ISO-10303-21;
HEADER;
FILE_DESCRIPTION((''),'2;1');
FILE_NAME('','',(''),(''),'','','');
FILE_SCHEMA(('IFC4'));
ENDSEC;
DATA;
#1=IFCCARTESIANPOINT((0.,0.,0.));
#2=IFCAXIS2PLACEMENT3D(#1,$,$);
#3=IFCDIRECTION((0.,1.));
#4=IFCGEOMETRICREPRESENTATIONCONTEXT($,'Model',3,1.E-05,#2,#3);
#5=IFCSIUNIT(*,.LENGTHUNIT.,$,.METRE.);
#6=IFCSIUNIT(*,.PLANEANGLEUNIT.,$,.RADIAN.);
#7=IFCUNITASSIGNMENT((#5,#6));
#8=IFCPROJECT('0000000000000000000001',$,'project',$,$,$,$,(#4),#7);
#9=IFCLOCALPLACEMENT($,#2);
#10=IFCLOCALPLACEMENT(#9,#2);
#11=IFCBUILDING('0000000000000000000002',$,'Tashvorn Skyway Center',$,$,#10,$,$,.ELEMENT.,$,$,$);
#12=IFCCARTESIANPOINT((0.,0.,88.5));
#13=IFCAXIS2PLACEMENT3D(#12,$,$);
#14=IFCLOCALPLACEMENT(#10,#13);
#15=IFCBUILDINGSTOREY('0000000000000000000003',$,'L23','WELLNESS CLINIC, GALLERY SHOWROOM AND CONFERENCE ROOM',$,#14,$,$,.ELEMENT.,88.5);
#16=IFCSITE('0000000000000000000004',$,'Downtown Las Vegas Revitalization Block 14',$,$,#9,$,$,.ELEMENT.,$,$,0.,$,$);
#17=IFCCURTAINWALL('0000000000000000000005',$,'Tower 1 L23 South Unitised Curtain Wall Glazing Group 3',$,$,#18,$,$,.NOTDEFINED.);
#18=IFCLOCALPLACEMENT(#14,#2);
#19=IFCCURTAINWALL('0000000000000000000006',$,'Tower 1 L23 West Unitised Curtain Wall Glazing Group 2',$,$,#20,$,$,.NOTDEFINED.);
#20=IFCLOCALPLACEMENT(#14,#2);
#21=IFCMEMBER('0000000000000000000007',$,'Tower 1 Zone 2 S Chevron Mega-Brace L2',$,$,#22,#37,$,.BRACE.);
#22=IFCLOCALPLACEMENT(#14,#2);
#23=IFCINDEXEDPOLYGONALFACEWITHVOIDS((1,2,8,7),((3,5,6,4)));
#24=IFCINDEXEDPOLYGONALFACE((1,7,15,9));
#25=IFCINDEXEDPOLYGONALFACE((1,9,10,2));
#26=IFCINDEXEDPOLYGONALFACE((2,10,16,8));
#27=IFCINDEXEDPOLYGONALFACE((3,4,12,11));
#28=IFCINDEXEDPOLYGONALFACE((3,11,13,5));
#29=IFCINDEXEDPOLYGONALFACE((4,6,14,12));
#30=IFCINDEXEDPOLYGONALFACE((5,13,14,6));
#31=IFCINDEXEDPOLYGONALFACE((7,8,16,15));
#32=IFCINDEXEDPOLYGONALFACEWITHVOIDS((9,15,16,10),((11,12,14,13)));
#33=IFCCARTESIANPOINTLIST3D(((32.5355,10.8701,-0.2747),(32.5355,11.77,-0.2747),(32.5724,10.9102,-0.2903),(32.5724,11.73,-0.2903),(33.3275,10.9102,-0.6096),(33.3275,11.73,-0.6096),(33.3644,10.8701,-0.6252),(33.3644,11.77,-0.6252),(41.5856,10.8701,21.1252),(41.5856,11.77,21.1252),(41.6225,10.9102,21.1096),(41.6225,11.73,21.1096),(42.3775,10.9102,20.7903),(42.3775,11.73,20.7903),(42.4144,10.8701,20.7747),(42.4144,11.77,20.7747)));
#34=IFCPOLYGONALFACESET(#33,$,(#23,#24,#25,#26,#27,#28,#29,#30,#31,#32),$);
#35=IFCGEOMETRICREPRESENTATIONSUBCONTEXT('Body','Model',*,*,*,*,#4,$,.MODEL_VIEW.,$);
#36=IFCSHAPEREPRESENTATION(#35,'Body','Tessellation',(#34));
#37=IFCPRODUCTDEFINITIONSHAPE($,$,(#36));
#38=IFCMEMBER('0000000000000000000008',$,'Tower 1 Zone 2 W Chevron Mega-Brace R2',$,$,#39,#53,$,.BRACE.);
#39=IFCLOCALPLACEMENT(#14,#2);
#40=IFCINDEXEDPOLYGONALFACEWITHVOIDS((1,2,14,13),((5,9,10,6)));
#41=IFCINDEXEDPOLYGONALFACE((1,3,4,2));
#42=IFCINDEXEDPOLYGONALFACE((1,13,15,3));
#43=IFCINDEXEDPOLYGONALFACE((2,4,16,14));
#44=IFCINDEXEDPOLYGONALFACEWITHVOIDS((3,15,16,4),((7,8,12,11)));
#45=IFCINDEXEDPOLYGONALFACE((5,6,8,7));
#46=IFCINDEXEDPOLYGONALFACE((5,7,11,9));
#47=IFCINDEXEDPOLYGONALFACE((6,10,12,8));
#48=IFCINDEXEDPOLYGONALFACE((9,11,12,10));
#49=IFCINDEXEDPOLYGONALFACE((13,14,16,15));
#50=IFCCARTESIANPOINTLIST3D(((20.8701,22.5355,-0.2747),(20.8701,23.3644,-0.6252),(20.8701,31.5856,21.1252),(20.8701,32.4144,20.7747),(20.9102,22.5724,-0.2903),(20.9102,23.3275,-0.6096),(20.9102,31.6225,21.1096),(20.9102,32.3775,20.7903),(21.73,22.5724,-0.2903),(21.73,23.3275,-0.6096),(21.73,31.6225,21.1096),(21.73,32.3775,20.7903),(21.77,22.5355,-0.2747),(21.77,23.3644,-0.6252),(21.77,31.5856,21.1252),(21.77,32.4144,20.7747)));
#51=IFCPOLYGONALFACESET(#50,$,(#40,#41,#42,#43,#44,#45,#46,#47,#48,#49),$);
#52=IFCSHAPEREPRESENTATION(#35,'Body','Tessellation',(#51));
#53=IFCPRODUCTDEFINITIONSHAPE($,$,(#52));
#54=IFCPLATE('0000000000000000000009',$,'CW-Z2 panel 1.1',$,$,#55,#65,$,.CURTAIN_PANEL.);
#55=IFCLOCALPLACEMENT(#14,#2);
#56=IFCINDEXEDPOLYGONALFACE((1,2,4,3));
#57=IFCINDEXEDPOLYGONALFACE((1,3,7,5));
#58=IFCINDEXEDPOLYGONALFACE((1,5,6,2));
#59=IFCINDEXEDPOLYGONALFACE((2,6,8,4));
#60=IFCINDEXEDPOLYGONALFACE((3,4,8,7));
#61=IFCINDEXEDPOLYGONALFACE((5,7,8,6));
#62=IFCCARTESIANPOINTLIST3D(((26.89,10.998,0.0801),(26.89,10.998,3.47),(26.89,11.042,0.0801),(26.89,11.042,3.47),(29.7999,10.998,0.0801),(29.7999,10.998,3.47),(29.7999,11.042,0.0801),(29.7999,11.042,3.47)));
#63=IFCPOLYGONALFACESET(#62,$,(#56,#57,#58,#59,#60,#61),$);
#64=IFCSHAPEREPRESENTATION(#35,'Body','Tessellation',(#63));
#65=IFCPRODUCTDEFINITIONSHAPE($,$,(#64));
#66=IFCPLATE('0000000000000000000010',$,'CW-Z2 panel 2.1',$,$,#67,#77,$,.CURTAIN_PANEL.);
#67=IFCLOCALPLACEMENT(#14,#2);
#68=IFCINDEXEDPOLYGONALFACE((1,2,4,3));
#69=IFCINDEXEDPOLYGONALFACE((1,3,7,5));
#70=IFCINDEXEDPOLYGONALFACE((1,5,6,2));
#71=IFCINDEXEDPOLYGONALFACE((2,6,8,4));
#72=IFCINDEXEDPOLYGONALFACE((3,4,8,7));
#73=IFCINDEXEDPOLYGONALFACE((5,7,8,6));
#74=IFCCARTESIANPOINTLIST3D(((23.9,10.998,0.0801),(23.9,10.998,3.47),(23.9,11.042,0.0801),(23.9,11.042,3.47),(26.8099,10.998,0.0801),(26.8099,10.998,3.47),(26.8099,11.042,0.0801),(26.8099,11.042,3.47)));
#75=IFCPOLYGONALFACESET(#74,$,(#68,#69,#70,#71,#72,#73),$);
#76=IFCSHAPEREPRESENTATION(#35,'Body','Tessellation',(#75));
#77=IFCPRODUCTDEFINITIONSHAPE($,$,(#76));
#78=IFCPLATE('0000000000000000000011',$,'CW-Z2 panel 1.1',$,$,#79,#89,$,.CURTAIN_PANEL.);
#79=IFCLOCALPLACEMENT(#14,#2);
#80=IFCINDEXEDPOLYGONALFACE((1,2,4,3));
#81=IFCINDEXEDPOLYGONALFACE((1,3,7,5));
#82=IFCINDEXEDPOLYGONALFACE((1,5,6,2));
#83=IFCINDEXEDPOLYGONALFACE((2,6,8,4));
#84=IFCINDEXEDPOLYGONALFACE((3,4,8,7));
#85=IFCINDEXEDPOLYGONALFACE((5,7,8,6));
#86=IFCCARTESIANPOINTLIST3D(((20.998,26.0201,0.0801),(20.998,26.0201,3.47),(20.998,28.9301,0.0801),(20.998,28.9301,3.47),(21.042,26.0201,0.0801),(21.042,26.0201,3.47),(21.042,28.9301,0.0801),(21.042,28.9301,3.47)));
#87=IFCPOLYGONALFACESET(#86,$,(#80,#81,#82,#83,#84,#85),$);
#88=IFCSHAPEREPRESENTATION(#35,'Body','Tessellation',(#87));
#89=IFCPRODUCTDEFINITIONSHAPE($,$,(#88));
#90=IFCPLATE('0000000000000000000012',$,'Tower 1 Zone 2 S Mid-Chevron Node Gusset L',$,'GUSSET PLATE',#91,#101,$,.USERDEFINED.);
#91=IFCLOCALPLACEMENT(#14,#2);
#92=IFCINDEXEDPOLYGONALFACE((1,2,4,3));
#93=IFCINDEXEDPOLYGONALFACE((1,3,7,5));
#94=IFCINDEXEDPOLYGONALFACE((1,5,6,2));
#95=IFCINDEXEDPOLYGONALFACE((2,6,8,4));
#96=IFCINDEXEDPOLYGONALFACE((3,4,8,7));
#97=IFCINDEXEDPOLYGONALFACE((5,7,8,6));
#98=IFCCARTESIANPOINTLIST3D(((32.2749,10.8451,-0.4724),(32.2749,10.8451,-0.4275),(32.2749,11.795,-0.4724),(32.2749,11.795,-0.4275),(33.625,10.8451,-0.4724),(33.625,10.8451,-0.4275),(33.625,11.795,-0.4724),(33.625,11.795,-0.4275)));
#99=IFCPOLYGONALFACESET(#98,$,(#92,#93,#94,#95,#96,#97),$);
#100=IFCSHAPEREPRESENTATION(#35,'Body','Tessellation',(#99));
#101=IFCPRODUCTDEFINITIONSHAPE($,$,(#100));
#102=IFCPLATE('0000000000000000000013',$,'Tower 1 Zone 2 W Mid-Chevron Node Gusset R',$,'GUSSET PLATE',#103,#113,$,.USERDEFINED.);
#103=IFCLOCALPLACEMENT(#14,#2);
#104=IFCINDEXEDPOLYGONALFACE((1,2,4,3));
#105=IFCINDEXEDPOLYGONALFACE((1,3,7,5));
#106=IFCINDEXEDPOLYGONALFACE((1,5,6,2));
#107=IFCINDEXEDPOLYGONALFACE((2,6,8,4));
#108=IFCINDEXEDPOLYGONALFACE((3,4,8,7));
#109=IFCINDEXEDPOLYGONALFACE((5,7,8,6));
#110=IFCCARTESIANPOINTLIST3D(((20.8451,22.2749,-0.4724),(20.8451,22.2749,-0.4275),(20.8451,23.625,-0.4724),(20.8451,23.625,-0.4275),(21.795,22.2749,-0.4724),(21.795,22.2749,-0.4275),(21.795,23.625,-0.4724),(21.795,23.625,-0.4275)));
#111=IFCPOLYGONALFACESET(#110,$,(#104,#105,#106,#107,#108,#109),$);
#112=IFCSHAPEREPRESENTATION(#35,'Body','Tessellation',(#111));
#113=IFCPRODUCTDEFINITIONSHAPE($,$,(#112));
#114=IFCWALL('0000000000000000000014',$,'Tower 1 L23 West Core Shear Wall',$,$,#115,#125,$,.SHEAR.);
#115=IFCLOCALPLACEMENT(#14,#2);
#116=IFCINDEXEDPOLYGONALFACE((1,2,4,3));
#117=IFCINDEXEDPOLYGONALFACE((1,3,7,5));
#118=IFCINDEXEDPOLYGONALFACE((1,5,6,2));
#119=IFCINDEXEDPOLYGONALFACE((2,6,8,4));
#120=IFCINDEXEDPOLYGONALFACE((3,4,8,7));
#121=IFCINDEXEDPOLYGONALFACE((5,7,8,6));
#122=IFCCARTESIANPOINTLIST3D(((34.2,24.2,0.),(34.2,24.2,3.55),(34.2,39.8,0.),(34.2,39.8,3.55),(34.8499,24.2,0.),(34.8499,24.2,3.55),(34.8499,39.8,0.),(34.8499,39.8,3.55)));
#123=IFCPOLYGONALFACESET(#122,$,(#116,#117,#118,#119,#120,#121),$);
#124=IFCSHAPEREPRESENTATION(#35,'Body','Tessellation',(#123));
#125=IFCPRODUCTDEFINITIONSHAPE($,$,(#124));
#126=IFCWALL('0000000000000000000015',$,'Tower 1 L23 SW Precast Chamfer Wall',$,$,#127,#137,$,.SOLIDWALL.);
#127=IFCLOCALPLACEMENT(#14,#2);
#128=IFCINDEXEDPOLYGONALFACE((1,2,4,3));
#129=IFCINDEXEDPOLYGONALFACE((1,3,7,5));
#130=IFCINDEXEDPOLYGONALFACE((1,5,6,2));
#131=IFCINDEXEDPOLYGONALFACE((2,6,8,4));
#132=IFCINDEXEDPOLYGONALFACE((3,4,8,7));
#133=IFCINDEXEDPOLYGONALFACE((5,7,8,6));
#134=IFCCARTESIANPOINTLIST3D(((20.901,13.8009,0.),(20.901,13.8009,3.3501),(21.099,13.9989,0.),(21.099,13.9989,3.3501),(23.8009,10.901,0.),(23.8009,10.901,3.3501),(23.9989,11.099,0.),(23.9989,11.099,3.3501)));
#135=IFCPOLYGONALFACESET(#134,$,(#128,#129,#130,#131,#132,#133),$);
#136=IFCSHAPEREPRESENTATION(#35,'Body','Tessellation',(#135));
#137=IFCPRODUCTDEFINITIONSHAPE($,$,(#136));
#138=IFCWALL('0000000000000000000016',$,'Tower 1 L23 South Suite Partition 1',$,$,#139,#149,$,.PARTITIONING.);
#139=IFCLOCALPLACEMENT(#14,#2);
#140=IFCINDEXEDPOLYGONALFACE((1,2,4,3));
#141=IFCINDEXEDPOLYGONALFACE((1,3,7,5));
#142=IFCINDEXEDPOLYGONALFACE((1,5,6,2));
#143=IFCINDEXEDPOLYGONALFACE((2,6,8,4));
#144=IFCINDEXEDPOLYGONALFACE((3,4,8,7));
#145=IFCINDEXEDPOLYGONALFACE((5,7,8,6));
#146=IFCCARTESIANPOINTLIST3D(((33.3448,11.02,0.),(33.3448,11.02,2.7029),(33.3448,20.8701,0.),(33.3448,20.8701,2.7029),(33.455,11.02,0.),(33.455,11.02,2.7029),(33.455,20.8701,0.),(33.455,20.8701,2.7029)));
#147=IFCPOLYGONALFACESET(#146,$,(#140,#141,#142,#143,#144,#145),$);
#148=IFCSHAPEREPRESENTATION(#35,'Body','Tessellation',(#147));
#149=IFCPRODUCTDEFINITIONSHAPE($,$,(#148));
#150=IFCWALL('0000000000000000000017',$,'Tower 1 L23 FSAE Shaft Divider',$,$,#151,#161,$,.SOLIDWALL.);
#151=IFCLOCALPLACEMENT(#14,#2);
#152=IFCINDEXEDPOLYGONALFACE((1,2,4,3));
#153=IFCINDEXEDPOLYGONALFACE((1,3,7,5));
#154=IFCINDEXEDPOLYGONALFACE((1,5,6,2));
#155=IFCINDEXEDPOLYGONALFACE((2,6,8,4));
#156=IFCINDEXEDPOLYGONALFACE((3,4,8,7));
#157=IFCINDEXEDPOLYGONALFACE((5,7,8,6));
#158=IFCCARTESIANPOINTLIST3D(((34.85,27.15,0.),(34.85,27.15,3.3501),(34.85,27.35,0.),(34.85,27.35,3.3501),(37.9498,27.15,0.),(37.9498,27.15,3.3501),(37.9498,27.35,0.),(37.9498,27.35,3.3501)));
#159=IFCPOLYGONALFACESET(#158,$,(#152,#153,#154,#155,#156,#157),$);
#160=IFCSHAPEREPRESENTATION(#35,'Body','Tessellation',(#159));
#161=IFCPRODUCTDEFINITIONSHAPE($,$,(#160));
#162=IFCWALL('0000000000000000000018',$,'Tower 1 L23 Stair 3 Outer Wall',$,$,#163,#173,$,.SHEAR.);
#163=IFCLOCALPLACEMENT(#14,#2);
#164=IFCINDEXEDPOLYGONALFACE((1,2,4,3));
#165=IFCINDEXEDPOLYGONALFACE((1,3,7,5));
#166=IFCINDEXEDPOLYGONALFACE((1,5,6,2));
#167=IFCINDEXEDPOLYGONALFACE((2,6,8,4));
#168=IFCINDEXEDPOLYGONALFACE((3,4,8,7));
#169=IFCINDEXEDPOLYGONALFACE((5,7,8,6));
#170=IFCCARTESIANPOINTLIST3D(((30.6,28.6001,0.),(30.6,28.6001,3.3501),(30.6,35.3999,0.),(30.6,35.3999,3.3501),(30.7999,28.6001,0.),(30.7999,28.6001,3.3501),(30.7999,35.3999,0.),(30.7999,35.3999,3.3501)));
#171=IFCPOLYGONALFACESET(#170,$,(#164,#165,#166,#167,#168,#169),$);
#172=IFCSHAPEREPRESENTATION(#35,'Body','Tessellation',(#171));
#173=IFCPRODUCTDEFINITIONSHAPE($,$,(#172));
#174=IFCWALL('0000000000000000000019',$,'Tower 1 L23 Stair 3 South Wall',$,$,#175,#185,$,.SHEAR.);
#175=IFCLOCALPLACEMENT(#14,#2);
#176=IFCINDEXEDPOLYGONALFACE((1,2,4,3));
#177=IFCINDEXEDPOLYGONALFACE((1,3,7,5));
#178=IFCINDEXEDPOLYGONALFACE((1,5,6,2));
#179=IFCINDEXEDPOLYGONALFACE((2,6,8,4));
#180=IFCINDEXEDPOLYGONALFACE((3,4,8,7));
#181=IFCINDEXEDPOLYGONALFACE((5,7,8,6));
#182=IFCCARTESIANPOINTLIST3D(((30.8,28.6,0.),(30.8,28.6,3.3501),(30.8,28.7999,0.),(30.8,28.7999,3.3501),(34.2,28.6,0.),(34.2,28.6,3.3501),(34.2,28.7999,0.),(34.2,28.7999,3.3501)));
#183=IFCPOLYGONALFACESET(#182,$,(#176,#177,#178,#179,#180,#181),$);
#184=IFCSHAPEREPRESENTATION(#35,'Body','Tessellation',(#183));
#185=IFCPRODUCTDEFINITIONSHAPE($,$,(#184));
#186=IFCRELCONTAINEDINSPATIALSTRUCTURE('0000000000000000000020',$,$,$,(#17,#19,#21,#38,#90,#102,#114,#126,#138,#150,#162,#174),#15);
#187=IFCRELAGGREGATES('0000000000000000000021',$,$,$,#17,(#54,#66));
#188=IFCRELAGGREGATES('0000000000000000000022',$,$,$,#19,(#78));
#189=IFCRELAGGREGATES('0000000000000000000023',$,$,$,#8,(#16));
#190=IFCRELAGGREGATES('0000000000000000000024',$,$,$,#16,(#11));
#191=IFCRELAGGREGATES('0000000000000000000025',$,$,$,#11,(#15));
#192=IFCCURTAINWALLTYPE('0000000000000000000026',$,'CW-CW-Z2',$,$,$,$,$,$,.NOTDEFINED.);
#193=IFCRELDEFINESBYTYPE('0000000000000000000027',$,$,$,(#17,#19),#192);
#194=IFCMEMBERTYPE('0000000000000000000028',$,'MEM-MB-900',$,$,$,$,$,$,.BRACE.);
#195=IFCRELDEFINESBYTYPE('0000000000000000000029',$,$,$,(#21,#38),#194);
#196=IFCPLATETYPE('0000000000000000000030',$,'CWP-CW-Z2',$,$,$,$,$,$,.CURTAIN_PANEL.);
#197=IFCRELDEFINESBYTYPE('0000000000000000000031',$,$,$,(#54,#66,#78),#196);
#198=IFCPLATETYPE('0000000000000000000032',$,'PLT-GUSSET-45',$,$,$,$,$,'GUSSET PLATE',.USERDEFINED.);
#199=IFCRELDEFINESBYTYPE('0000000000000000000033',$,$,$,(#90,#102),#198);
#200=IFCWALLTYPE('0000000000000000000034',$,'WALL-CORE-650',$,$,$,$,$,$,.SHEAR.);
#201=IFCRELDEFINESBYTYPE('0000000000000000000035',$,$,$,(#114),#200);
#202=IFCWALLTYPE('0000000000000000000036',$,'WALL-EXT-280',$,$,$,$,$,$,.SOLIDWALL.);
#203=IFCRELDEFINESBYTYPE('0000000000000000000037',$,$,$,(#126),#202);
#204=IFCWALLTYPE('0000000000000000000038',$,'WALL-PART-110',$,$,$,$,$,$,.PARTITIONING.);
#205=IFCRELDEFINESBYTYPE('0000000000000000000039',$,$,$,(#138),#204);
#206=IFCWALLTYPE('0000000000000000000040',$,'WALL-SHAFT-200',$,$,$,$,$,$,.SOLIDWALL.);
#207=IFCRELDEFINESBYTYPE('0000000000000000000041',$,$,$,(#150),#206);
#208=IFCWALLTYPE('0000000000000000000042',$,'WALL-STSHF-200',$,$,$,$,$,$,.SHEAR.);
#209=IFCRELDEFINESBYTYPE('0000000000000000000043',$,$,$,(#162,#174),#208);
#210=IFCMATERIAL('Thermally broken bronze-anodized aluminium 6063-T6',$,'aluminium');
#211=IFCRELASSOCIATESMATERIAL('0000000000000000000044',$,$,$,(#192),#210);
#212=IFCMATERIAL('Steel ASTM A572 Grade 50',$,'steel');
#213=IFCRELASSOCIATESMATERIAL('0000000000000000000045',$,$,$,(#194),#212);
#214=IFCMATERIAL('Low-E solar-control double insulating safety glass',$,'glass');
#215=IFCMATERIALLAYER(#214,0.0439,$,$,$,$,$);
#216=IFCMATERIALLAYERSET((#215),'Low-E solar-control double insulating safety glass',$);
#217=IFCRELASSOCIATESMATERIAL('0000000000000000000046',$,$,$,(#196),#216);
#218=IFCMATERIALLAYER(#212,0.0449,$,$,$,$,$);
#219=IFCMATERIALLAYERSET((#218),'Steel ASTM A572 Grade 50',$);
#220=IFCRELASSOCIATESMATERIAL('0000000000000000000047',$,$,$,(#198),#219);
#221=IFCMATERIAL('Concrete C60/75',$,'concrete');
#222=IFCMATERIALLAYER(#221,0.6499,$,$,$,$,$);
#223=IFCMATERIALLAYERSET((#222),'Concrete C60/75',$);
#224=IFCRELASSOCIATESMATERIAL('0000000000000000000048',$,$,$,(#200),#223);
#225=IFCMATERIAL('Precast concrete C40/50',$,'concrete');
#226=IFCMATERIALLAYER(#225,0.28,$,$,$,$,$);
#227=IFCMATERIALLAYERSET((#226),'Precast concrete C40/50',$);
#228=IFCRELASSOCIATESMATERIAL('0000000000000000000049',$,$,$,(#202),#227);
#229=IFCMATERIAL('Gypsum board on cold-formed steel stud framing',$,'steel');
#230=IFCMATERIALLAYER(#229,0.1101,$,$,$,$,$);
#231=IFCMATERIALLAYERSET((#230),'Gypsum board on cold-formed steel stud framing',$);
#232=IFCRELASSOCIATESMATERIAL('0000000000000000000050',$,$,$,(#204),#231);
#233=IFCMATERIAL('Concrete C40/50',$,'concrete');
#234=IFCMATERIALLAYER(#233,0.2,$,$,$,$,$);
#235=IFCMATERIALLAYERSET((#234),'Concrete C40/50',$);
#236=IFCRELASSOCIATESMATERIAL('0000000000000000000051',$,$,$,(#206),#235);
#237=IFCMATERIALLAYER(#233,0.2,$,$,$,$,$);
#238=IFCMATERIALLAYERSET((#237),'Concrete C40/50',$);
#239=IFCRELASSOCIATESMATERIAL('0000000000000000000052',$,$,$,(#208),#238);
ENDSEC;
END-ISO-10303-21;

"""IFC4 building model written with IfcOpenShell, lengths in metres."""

from ifc_helpers import new_model, si_unit, direction, frame, frame_2d, origin, origin_2d, place, context, subcontext, project, spatial, rectangle, hollow_rectangle, extrude, material, layer, layer_set, material_profile, profile_set, type_object, element, aggregate, save


model = new_model("IFC4")

# Units and contexts
model_context = context("Model", 3, precision=1e-05, world=origin(), true_north=direction((0.0, 1.0)))
body_context = subcontext(model_context, "Body", "Model", "MODEL_VIEW")
ifc_project = project(units=[si_unit("LENGTHUNIT", "METRE"), si_unit("PLANEANGLEUNIT", "RADIAN")], contexts=[model_context])

# Site, building, storey
site_placement = place(None, origin())
site = spatial("IfcSite", under=ifc_project, at=site_placement, Name="Downtown Las Vegas Revitalization Block 14", CompositionType="ELEMENT", RefElevation=0.0)
building_placement = place(site_placement, origin())
building = spatial("IfcBuilding", under=site, at=building_placement, Name="Tashvorn Skyway Center", CompositionType="ELEMENT")
storey_placement = place(building_placement, frame((0.0, 0.0, 88.5)))
storey = spatial("IfcBuildingStorey", under=building, at=storey_placement, Name="L23", Description="WELLNESS CLINIC, GALLERY SHOWROOM AND CONFERENCE ROOM", CompositionType="ELEMENT", Elevation=88.5)

# Shared definitions
ifc_material_1 = material(Name="Steel ASTM A572 Grade 50", Category="steel")

# Shared definitions
ifc_material_2 = material(Name="Thermally broken bronze-anodized aluminium 6063-T6", Category="aluminium")
curtain_wall_type = type_object("IfcCurtainWallType", Name="CW-CW-Z2", PredefinedType="NOTDEFINED", material=ifc_material_2)

# Curtain wall
curtain_wall_1_placement = place(storey_placement, origin())
curtain_wall_1 = element("IfcCurtainWall", 1, at=curtain_wall_1_placement, inside=storey, type_object=curtain_wall_type, Name="Tower 1 L23 South Unitised Curtain Wall Glazing Group 3", PredefinedType="NOTDEFINED")

# Curtain wall
curtain_wall_2_placement = place(storey_placement, origin())
curtain_wall_2 = element("IfcCurtainWall", 2, at=curtain_wall_2_placement, inside=storey, type_object=curtain_wall_type, Name="Tower 1 L23 West Unitised Curtain Wall Glazing Group 2", PredefinedType="NOTDEFINED")

# Members
ifc_material_profile_1 = material_profile(ifc_material_1, hollow_rectangle(XDim=0.8999, YDim=0.8999, WallThickness=0.04, at=origin_2d()), Name="BOX900x900x40")
ifc_profile_set_1 = profile_set([ifc_material_profile_1], Name="Steel ASTM A572 Grade 50")
member_type_1 = type_object("IfcMemberType", Name="MEM-MB-900", PredefinedType="BRACE", material=ifc_profile_set_1)
for number, where, z_axis, x_axis, name in (
    (3, (32.95, 11.3201, -0.45), (0.389503, 0.0, 0.921025), (0.0, 1.0, 0.0), "Tower 1 Zone 2 S Chevron Mega-Brace L2"),
    (4, (21.3201, 22.95, -0.45), (0.0, 0.389503, 0.921025), (-1.0, 0.0, 0.0), "Tower 1 Zone 2 W Chevron Mega-Brace R2"),
):
    element("IfcMember", number, at=place(storey_placement, frame(where, z_axis=z_axis, x_axis=x_axis)), inside=storey, type_object=member_type_1, Name=name, PredefinedType="BRACE", context=body_context, shape_type="SweptSolid", body=[
        extrude(hollow_rectangle(XDim=0.8999, YDim=0.8999, WallThickness=0.04, at=origin_2d()), origin(), (0.0, 0.0, 1.0), 23.2349),
    ])

# Plates
ifc_material_3 = material(Name="Low-E solar-control double insulating safety glass", Category="glass")
ifc_layer_1 = layer(ifc_material_3, 0.0439)
ifc_layer_set_1 = layer_set([ifc_layer_1], Name="Low-E solar-control double insulating safety glass")
plate_type_1 = type_object("IfcPlateType", Name="CWP-CW-Z2", PredefinedType="CURTAIN_PANEL", material=ifc_layer_set_1)
plate_1_placement = place(storey_placement, frame((28.345, 11.02, 0.0801), z_axis=(0.0, 0.0, 1.0), x_axis=(-1.0, 0.0, 0.0)))
plate_1 = element("IfcPlate", 5, at=plate_1_placement, type_object=plate_type_1, Name="CW-Z2 panel 1.1", PredefinedType="CURTAIN_PANEL", context=body_context, shape_type="SweptSolid", body=[
    extrude(rectangle(XDim=2.9099, YDim=0.0439, at=origin_2d()), origin(), (0.0, 0.0, 1.0), 3.3899),
])
plate_2_placement = place(storey_placement, frame((25.355, 11.02, 0.0801), z_axis=(0.0, 0.0, 1.0), x_axis=(-1.0, 0.0, 0.0)))
plate_2 = element("IfcPlate", 6, at=plate_2_placement, type_object=plate_type_1, Name="CW-Z2 panel 2.1", PredefinedType="CURTAIN_PANEL", context=body_context, shape_type="SweptSolid", body=[
    extrude(rectangle(XDim=2.9099, YDim=0.0439, at=origin_2d()), origin(), (0.0, 0.0, 1.0), 3.3899),
])
aggregate(curtain_wall_1, [plate_1, plate_2])
plate_3_placement = place(storey_placement, frame((21.02, 27.4751, 0.0801), z_axis=(0.0, 0.0, 1.0), x_axis=(0.0, 1.0, 0.0)))
plate_3 = element("IfcPlate", 7, at=plate_3_placement, type_object=plate_type_1, Name="CW-Z2 panel 1.1", PredefinedType="CURTAIN_PANEL", context=body_context, shape_type="SweptSolid", body=[
    extrude(rectangle(XDim=2.9099, YDim=0.0439, at=origin_2d()), origin(), (0.0, 0.0, 1.0), 3.3899),
])
aggregate(curtain_wall_2, [plate_3])

# Plates
ifc_layer_2 = layer(ifc_material_1, 0.0449)
ifc_layer_set_2 = layer_set([ifc_layer_2], Name="Steel ASTM A572 Grade 50")
plate_type_2 = type_object("IfcPlateType", Name="PLT-GUSSET-45", ElementType="GUSSET PLATE", PredefinedType="USERDEFINED", material=ifc_layer_set_2)
for number, where, z_axis, x_axis, name in (
    (8, (32.95, 11.3201, -0.4724), (0.0, 0.0, 1.0), (1.0, 0.0, 0.0), "Tower 1 Zone 2 S Mid-Chevron Node Gusset L"),
    (9, (21.3201, 22.95, -0.4724), (0.0, 0.0, 1.0), (0.0, -1.0, 0.0), "Tower 1 Zone 2 W Mid-Chevron Node Gusset R"),
):
    element("IfcPlate", number, at=place(storey_placement, frame(where, z_axis=z_axis, x_axis=x_axis)), inside=storey, type_object=plate_type_2, Name=name, ObjectType="GUSSET PLATE", PredefinedType="USERDEFINED", context=body_context, shape_type="SweptSolid", body=[
        extrude(rectangle(XDim=1.3501, YDim=0.95, at=origin_2d()), origin(), (0.0, 0.0, 1.0), 0.0449),
    ])

# Walls
ifc_material_4 = material(Name="Concrete C60/75", Category="concrete")
ifc_layer_3 = layer(ifc_material_4, 0.6499)
ifc_layer_set_3 = layer_set([ifc_layer_3], Name="Concrete C60/75")
wall_type_1 = type_object("IfcWallType", Name="WALL-CORE-650", PredefinedType="SHEAR", material=ifc_layer_set_3)
wall_1_placement = place(storey_placement, frame((34.5249, 24.2, 0.0), z_axis=(0.0, 0.0, 1.0), x_axis=(0.0, 1.0, 0.0)))
element("IfcWall", 10, at=wall_1_placement, inside=storey, type_object=wall_type_1, Name="Tower 1 L23 West Core Shear Wall", PredefinedType="SHEAR", context=body_context, shape_type="SweptSolid", body=[
    extrude(rectangle(XDim=15.6001, YDim=0.6499, at=frame_2d((7.8, 0.0))), origin(), (0.0, 0.0, 1.0), 3.55),
])
ifc_material_5 = material(Name="Precast concrete C40/50", Category="concrete")
ifc_layer_4 = layer(ifc_material_5, 0.28)
ifc_layer_set_4 = layer_set([ifc_layer_4], Name="Precast concrete C40/50")
wall_type_2 = type_object("IfcWallType", Name="WALL-EXT-280", PredefinedType="SOLIDWALL", material=ifc_layer_set_4)
wall_2_placement = place(storey_placement, frame((23.8999, 11.0, 0.0), z_axis=(0.0, 0.0, 1.0), x_axis=(-0.707107, 0.707107, 0.0)))
element("IfcWall", 11, at=wall_2_placement, inside=storey, type_object=wall_type_2, Name="Tower 1 L23 SW Precast Chamfer Wall", PredefinedType="SOLIDWALL", context=body_context, shape_type="SweptSolid", body=[
    extrude(rectangle(XDim=4.1011, YDim=0.28, at=frame_2d((2.0505, 0.0))), origin(), (0.0, 0.0, 1.0), 3.3501),
])
ifc_material_6 = material(Name="Gypsum board on cold-formed steel stud framing", Category="steel")
ifc_layer_5 = layer(ifc_material_6, 0.1101)
ifc_layer_set_5 = layer_set([ifc_layer_5], Name="Gypsum board on cold-formed steel stud framing")
wall_type_3 = type_object("IfcWallType", Name="WALL-PART-110", PredefinedType="PARTITIONING", material=ifc_layer_set_5)
wall_3_placement = place(storey_placement, frame((33.3999, 11.02, 0.0), z_axis=(0.0, 0.0, 1.0), x_axis=(0.0, 1.0, 0.0)))
element("IfcWall", 12, at=wall_3_placement, inside=storey, type_object=wall_type_3, Name="Tower 1 L23 South Suite Partition 1", PredefinedType="PARTITIONING", context=body_context, shape_type="SweptSolid", body=[
    extrude(rectangle(XDim=9.8501, YDim=0.1101, at=frame_2d((4.925, 0.0))), origin(), (0.0, 0.0, 1.0), 2.7029),
])
ifc_material_7 = material(Name="Concrete C40/50", Category="concrete")
ifc_layer_6 = layer(ifc_material_7, 0.2)
ifc_layer_set_6 = layer_set([ifc_layer_6], Name="Concrete C40/50")
wall_type_4 = type_object("IfcWallType", Name="WALL-SHAFT-200", PredefinedType="SOLIDWALL", material=ifc_layer_set_6)
wall_4_placement = place(storey_placement, frame((34.8501, 27.25, 0.0), z_axis=(0.0, 0.0, 1.0), x_axis=(1.0, 0.0, 0.0)))
element("IfcWall", 13, at=wall_4_placement, inside=storey, type_object=wall_type_4, Name="Tower 1 L23 FSAE Shaft Divider", PredefinedType="SOLIDWALL", context=body_context, shape_type="SweptSolid", body=[
    extrude(rectangle(XDim=3.0999, YDim=0.2, at=frame_2d((1.5498, 0.0))), origin(), (0.0, 0.0, 1.0), 3.3501),
])
ifc_layer_7 = layer(ifc_material_7, 0.2)
ifc_layer_set_7 = layer_set([ifc_layer_7], Name="Concrete C40/50")
wall_type_5 = type_object("IfcWallType", Name="WALL-STSHF-200", PredefinedType="SHEAR", material=ifc_layer_set_7)
wall_5_placement = place(storey_placement, frame((30.7, 28.6001, 0.0), z_axis=(0.0, 0.0, 1.0), x_axis=(0.0, 1.0, 0.0)))
element("IfcWall", 14, at=wall_5_placement, inside=storey, type_object=wall_type_5, Name="Tower 1 L23 Stair 3 Outer Wall", PredefinedType="SHEAR", context=body_context, shape_type="SweptSolid", body=[
    extrude(rectangle(XDim=6.7998, YDim=0.2, at=frame_2d((3.3999, 0.0))), origin(), (0.0, 0.0, 1.0), 3.3501),
])
wall_6_placement = place(storey_placement, frame((30.8, 28.7, 0.0), z_axis=(0.0, 0.0, 1.0), x_axis=(1.0, 0.0, 0.0)))
element("IfcWall", 15, at=wall_6_placement, inside=storey, type_object=wall_type_5, Name="Tower 1 L23 Stair 3 South Wall", PredefinedType="SHEAR", context=body_context, shape_type="SweptSolid", body=[
    extrude(rectangle(XDim=3.3999, YDim=0.2, at=frame_2d((1.7, 0.0))), origin(), (0.0, 0.0, 1.0), 3.3501),
])

save(model, "model.ifc")
